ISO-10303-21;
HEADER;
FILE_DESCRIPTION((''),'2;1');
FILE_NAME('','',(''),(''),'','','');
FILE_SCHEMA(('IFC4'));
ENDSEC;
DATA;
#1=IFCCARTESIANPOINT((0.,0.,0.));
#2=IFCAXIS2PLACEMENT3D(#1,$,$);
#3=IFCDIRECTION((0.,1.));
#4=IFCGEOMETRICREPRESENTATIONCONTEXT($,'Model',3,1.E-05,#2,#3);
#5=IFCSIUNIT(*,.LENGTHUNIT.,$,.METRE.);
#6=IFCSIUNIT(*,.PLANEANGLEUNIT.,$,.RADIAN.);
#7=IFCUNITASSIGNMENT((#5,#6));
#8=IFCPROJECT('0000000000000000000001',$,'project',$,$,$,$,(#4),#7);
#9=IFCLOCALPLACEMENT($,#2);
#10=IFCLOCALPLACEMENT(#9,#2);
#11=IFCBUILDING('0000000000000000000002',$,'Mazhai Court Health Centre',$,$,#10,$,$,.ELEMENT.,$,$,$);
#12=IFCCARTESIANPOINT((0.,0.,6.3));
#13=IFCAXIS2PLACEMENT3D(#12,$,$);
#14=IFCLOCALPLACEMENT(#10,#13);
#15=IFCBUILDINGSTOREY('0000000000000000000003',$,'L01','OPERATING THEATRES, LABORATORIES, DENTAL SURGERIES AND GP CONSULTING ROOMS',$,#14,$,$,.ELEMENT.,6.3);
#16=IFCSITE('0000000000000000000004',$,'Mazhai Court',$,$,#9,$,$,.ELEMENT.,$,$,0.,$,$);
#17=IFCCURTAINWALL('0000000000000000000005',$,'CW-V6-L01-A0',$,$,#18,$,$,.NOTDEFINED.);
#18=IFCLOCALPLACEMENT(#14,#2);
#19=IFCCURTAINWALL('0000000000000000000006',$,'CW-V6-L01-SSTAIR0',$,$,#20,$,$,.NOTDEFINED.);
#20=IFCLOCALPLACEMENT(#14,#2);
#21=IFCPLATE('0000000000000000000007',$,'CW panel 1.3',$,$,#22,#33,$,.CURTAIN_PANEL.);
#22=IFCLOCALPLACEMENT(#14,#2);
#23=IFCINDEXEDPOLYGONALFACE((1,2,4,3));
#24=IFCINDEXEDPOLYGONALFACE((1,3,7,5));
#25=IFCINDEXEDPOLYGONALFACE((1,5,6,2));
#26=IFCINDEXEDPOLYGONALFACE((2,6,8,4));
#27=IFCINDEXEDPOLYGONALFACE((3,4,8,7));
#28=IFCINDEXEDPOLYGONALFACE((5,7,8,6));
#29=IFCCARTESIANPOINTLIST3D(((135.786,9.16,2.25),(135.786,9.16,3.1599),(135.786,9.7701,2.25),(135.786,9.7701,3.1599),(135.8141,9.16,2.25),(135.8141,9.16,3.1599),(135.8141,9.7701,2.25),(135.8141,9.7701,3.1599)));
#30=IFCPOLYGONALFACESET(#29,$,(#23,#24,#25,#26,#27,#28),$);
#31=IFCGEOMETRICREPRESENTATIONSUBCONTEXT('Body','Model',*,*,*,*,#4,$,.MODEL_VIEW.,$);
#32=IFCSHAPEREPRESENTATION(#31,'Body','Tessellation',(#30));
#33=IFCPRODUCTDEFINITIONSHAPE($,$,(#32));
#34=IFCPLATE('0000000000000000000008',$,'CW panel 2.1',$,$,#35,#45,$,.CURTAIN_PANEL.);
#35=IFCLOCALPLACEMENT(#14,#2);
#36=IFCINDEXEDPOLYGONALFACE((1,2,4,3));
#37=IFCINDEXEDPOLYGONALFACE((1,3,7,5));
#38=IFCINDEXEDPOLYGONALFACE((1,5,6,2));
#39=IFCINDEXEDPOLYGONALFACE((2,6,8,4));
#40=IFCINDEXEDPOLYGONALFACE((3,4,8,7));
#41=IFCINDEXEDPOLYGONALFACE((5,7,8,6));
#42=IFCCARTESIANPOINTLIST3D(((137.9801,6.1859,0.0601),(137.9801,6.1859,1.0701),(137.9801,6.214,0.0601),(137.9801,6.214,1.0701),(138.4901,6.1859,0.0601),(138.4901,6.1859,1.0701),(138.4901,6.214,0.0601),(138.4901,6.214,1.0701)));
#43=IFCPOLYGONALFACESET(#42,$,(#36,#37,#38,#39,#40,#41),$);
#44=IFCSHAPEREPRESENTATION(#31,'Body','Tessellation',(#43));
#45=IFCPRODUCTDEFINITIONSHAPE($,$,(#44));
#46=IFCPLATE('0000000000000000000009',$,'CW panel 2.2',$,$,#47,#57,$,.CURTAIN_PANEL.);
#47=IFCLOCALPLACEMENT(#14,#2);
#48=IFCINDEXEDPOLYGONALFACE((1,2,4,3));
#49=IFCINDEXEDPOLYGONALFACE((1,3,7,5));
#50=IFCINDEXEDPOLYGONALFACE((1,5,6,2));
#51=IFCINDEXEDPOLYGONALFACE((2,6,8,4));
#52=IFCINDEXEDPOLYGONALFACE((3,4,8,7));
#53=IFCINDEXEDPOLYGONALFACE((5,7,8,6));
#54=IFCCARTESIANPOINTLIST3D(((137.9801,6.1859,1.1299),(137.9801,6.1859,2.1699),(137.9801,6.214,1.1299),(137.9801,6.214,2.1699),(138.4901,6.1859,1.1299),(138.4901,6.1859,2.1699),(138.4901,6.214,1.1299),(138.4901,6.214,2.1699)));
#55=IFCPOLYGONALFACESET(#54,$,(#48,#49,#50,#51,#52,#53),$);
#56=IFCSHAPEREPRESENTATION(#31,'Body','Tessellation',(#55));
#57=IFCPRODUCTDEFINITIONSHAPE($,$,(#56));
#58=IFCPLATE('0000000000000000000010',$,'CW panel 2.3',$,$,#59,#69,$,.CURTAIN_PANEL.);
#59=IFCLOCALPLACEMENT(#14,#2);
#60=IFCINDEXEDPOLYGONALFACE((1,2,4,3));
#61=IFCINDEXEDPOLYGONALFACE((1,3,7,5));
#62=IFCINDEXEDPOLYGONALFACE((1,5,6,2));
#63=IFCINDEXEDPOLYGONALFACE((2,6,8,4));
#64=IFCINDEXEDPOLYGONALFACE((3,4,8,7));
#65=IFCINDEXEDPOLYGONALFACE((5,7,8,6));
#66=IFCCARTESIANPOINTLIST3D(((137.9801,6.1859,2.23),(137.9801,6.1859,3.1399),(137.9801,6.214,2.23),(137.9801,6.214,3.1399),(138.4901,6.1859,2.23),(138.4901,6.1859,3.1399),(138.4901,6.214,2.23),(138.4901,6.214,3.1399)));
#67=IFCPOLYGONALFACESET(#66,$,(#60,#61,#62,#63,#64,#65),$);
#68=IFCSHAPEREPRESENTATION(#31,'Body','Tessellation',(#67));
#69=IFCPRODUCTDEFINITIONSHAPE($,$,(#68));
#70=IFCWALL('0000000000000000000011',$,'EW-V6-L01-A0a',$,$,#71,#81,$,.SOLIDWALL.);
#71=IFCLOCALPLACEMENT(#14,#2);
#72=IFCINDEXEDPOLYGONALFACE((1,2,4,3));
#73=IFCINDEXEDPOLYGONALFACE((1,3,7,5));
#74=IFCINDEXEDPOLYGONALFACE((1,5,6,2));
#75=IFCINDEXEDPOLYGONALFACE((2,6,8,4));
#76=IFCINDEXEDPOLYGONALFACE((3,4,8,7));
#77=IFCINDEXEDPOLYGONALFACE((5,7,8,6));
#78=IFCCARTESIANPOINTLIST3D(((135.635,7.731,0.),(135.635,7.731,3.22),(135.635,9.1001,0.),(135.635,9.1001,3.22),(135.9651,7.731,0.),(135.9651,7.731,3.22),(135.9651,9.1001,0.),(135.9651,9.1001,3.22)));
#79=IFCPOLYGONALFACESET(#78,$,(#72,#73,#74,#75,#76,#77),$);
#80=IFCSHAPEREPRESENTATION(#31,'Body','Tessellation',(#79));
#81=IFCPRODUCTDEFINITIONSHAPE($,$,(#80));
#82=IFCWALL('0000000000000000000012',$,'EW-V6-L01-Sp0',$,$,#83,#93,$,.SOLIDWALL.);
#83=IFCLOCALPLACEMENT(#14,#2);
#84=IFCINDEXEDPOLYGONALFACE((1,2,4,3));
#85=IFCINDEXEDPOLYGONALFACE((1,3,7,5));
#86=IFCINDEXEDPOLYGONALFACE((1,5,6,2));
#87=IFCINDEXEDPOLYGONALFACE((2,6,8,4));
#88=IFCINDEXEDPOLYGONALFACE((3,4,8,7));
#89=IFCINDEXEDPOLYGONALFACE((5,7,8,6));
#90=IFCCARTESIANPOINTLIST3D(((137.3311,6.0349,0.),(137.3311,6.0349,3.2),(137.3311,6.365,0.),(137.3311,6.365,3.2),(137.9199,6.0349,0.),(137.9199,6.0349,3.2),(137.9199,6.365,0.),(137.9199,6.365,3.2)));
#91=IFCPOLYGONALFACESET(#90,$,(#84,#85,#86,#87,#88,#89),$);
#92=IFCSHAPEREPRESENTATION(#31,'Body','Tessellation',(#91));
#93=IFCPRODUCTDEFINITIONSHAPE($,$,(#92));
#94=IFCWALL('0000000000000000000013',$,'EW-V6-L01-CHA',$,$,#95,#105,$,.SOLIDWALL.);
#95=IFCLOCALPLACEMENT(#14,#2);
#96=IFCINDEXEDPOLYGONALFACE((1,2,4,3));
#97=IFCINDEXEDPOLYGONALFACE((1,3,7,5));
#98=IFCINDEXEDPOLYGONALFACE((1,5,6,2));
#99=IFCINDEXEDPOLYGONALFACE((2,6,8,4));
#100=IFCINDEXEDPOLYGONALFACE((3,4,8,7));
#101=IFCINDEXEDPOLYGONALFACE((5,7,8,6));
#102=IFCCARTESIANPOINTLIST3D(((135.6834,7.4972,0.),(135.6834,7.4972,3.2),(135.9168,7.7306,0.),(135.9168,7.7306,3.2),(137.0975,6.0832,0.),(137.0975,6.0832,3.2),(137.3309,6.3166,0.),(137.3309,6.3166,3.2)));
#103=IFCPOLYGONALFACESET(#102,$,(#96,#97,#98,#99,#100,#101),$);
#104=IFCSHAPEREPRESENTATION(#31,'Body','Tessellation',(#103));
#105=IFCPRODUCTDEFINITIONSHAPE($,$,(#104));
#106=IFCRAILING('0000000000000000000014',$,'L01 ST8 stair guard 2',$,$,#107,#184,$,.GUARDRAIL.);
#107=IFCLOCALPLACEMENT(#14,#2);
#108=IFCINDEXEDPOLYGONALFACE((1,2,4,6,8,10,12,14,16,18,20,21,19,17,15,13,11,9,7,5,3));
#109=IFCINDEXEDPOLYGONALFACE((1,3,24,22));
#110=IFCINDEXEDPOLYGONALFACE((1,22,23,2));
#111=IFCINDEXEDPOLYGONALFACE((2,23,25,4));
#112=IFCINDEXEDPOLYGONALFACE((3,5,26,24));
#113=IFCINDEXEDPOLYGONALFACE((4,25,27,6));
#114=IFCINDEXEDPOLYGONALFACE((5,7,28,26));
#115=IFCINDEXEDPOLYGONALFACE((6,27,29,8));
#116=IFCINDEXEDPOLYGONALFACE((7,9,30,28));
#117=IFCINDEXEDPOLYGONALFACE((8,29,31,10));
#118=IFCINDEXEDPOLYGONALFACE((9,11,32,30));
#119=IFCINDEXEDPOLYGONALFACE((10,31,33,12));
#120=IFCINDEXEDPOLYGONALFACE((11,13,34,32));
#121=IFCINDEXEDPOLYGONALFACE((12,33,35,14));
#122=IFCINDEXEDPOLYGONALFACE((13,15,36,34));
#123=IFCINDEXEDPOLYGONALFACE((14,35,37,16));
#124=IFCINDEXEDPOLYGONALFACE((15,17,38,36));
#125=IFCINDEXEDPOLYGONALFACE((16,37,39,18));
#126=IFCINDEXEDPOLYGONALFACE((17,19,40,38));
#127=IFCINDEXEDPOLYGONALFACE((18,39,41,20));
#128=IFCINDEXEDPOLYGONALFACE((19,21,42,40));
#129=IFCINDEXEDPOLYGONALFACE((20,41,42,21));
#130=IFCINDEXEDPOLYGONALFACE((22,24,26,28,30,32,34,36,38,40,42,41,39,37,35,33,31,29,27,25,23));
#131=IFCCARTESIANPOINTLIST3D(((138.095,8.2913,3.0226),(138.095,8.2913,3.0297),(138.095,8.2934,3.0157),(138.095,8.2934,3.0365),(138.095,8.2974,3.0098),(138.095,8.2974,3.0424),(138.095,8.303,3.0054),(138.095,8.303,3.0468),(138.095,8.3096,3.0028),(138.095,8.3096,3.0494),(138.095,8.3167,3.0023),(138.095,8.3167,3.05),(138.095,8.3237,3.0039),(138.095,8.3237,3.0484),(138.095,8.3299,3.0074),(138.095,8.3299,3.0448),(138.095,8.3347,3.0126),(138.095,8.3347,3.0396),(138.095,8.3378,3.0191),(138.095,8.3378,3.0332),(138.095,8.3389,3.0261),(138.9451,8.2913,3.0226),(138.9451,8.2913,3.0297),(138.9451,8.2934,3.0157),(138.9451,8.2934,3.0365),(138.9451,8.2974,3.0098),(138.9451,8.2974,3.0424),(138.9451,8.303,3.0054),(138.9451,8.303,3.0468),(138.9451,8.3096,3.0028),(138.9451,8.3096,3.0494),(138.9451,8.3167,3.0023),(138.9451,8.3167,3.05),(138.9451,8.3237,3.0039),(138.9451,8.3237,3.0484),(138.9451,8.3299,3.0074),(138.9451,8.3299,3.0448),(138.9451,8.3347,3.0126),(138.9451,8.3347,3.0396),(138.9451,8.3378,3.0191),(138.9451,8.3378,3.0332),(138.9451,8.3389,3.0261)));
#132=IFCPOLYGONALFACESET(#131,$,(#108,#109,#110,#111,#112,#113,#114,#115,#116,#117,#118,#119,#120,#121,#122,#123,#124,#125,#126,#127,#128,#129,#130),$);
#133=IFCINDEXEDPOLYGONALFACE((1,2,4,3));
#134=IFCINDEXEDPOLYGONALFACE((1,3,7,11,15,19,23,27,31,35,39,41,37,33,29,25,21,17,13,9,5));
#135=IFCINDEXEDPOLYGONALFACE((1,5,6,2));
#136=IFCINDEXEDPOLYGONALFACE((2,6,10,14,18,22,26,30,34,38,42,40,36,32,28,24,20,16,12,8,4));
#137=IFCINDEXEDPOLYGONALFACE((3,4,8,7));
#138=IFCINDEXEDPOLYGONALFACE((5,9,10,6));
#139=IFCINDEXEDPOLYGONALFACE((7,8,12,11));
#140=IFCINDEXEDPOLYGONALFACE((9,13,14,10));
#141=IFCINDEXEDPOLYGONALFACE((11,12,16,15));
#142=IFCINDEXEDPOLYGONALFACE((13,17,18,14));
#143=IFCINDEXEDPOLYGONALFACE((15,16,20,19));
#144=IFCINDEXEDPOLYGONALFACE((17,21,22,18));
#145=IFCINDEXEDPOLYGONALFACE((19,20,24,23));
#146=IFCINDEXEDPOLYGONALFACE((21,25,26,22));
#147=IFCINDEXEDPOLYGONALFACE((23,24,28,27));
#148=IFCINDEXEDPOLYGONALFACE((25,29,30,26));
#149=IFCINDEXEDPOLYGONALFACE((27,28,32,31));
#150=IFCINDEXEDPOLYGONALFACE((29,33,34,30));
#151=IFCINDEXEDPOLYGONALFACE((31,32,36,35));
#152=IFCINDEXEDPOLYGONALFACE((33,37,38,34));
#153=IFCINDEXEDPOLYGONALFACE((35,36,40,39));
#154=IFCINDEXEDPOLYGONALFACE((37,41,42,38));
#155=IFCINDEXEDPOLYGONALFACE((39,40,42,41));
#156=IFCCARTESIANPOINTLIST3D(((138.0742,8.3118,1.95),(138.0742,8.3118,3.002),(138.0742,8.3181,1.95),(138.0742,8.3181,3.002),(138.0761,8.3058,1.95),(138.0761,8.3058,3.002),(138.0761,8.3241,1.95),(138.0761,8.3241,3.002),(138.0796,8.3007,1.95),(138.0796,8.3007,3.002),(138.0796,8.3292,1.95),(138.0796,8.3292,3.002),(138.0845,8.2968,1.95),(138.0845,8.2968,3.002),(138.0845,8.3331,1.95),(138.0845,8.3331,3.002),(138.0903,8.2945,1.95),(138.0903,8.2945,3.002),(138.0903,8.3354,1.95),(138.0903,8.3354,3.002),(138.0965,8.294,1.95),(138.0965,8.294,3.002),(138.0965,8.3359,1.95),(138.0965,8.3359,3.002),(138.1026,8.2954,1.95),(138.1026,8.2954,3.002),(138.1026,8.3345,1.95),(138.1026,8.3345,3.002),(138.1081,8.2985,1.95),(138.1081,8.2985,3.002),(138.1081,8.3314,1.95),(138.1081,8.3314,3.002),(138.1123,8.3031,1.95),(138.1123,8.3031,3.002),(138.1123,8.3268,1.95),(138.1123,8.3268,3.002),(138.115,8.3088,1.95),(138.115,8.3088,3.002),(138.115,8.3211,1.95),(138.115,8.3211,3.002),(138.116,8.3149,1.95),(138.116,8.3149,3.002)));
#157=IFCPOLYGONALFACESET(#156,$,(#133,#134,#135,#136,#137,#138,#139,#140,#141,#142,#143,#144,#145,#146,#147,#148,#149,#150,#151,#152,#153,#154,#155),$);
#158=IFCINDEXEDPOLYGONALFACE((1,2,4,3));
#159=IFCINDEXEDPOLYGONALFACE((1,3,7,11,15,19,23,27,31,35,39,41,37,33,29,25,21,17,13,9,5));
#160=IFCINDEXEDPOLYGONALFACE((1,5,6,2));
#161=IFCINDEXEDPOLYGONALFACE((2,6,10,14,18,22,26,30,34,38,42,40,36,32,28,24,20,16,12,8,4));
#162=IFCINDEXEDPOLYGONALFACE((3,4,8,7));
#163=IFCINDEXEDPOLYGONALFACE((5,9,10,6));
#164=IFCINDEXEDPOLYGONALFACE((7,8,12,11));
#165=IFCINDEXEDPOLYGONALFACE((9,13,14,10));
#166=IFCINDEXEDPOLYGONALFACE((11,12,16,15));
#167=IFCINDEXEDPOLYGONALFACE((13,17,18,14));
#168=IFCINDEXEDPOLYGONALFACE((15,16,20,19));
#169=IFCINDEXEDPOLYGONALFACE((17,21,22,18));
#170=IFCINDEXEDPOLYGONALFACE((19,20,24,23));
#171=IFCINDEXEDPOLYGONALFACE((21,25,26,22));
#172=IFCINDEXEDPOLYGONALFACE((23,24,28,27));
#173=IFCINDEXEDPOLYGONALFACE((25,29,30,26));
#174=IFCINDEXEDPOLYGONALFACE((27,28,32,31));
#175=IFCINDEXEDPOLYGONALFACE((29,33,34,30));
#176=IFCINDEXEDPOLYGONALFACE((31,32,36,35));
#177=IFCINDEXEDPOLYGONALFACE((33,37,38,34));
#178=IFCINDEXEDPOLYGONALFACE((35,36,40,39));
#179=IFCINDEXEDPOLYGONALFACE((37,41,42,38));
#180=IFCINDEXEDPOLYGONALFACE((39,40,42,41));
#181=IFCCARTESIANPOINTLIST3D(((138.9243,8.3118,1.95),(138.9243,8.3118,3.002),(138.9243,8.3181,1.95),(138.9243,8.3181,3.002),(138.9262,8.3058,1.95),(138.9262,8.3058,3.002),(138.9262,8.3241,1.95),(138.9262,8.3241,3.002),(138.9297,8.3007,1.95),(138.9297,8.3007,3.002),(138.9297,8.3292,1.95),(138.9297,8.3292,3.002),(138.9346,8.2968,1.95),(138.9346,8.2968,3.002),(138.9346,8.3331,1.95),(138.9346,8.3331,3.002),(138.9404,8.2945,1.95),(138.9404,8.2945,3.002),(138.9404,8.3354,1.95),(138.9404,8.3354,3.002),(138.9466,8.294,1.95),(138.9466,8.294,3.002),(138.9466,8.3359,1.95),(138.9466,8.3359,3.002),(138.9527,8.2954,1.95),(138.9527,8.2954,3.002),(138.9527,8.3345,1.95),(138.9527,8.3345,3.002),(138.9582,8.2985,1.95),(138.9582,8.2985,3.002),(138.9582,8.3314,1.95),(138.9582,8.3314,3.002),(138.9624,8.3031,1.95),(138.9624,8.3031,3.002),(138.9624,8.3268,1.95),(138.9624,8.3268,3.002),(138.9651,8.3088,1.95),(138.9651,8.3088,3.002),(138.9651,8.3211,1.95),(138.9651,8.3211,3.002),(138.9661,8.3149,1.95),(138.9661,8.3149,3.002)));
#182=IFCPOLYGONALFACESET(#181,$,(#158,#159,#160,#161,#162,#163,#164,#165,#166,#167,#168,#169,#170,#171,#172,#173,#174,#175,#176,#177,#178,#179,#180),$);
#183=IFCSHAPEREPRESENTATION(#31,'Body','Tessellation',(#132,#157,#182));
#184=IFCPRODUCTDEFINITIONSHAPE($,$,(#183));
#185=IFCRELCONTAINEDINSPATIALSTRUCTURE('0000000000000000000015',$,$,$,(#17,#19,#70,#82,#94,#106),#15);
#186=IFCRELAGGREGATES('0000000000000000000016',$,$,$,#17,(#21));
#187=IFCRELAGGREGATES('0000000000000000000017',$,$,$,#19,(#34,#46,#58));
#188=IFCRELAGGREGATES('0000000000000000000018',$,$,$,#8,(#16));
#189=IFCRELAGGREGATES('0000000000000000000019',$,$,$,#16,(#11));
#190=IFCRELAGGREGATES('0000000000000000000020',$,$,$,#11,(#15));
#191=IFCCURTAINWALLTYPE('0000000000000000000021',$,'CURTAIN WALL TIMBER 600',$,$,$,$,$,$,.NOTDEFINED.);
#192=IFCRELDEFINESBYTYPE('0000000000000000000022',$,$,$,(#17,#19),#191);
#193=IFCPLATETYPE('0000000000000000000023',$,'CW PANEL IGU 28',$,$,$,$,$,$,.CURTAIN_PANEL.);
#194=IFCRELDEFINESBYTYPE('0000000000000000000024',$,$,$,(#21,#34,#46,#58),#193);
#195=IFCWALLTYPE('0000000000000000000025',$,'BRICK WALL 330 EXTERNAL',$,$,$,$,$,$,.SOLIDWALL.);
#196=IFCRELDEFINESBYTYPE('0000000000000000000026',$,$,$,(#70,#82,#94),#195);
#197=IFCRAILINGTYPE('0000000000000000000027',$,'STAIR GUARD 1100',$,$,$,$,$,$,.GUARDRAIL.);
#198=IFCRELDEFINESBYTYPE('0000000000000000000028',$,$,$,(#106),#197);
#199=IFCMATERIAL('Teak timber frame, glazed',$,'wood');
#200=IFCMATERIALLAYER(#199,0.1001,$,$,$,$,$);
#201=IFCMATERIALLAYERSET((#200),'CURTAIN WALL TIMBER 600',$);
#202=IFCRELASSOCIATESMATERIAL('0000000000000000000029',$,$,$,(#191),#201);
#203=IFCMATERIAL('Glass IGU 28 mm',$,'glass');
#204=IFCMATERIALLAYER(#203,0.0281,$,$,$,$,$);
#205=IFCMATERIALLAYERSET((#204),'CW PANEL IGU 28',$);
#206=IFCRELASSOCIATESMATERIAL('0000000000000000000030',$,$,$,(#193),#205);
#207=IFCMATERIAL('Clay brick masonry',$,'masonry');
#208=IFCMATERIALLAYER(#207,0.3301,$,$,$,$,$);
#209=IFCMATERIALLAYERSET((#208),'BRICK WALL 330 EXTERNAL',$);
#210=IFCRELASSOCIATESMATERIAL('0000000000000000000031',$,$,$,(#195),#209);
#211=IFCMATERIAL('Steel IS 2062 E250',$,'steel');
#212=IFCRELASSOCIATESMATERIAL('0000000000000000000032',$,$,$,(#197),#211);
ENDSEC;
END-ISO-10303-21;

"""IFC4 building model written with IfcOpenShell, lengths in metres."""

from ifc_helpers import new_model, si_unit, direction, frame, frame_2d, origin, origin_2d, place, context, subcontext, project, spatial, rectangle, circle, extrude, material, layer, layer_set, type_object, element, aggregate, save


model = new_model("IFC4")

# Units and contexts
model_context = context("Model", 3, precision=1e-05, world=origin(), true_north=direction((0.0, 1.0)))
body_context = subcontext(model_context, "Body", "Model", "MODEL_VIEW")
ifc_project = project(units=[si_unit("LENGTHUNIT", "METRE"), si_unit("PLANEANGLEUNIT", "RADIAN")], contexts=[model_context])

# Site, building, storey
site_placement = place(None, origin())
site = spatial("IfcSite", under=ifc_project, at=site_placement, Name="Mazhai Court", CompositionType="ELEMENT", RefElevation=0.0)
building_placement = place(site_placement, origin())
building = spatial("IfcBuilding", under=site, at=building_placement, Name="Mazhai Court Health Centre", CompositionType="ELEMENT")
storey_placement = place(building_placement, frame((0.0, 0.0, 6.3)))
storey = spatial("IfcBuildingStorey", under=building, at=storey_placement, Name="L01", Description="OPERATING THEATRES, LABORATORIES, DENTAL SURGERIES AND GP CONSULTING ROOMS", CompositionType="ELEMENT", Elevation=6.3)

# Curtain wall
ifc_material_1 = material(Name="Teak timber frame, glazed", Category="wood")
ifc_layer_1 = layer(ifc_material_1, 0.1001)
ifc_layer_set_1 = layer_set([ifc_layer_1], Name="CURTAIN WALL TIMBER 600")
curtain_wall_type = type_object("IfcCurtainWallType", Name="CURTAIN WALL TIMBER 600", PredefinedType="NOTDEFINED", material=ifc_layer_set_1)
curtain_wall_1_placement = place(storey_placement, origin())
curtain_wall_1 = element("IfcCurtainWall", 1, at=curtain_wall_1_placement, inside=storey, type_object=curtain_wall_type, Name="CW-V6-L01-A0", PredefinedType="NOTDEFINED")

# Curtain wall
curtain_wall_2_placement = place(storey_placement, origin())
curtain_wall_2 = element("IfcCurtainWall", 2, at=curtain_wall_2_placement, inside=storey, type_object=curtain_wall_type, Name="CW-V6-L01-SSTAIR0", PredefinedType="NOTDEFINED")

# Plates
ifc_material_2 = material(Name="Glass IGU 28 mm", Category="glass")
ifc_layer_2 = layer(ifc_material_2, 0.0281)
ifc_layer_set_2 = layer_set([ifc_layer_2], Name="CW PANEL IGU 28")
plate_type = type_object("IfcPlateType", Name="CW PANEL IGU 28", PredefinedType="CURTAIN_PANEL", material=ifc_layer_set_2)
plate_1_placement = place(storey_placement, frame((135.8, 9.4651, 2.25), z_axis=(0.0, 0.0, 1.0), x_axis=(0.0, 1.0, 0.0)))
plate_1 = element("IfcPlate", 3, at=plate_1_placement, type_object=plate_type, Name="CW panel 1.3", PredefinedType="CURTAIN_PANEL", context=body_context, shape_type="SweptSolid", body=[
    extrude(rectangle(XDim=0.6101, YDim=0.0281, at=origin_2d()), origin(), (0.0, 0.0, 1.0), 0.9099),
])
aggregate(curtain_wall_1, [plate_1])
plate_2_placement = place(storey_placement, frame((138.2351, 6.2, 0.0601), z_axis=(0.0, 0.0, 1.0), x_axis=(-1.0, 0.0, 0.0)))
plate_2 = element("IfcPlate", 4, at=plate_2_placement, type_object=plate_type, Name="CW panel 2.1", PredefinedType="CURTAIN_PANEL", context=body_context, shape_type="SweptSolid", body=[
    extrude(rectangle(XDim=0.51, YDim=0.0281, at=origin_2d()), origin(), (0.0, 0.0, 1.0), 1.01),
])
plate_3_placement = place(storey_placement, frame((138.2351, 6.2, 1.1299), z_axis=(0.0, 0.0, 1.0), x_axis=(-1.0, 0.0, 0.0)))
plate_3 = element("IfcPlate", 5, at=plate_3_placement, type_object=plate_type, Name="CW panel 2.2", PredefinedType="CURTAIN_PANEL", context=body_context, shape_type="SweptSolid", body=[
    extrude(rectangle(XDim=0.51, YDim=0.0281, at=origin_2d()), origin(), (0.0, 0.0, 1.0), 1.04),
])
plate_4_placement = place(storey_placement, frame((138.2351, 6.2, 2.23), z_axis=(0.0, 0.0, 1.0), x_axis=(-1.0, 0.0, 0.0)))
plate_4 = element("IfcPlate", 6, at=plate_4_placement, type_object=plate_type, Name="CW panel 2.3", PredefinedType="CURTAIN_PANEL", context=body_context, shape_type="SweptSolid", body=[
    extrude(rectangle(XDim=0.51, YDim=0.0281, at=origin_2d()), origin(), (0.0, 0.0, 1.0), 0.9099),
])
aggregate(curtain_wall_2, [plate_2, plate_3, plate_4])

# Walls
ifc_material_3 = material(Name="Clay brick masonry", Category="masonry")
ifc_layer_3 = layer(ifc_material_3, 0.3301)
ifc_layer_set_3 = layer_set([ifc_layer_3], Name="BRICK WALL 330 EXTERNAL")
wall_type = type_object("IfcWallType", Name="BRICK WALL 330 EXTERNAL", PredefinedType="SOLIDWALL", material=ifc_layer_set_3)
wall_1_placement = place(storey_placement, frame((135.8, 7.731, 0.0), z_axis=(0.0, 0.0, 1.0), x_axis=(0.0, 1.0, 0.0)))
element("IfcWall", 7, at=wall_1_placement, inside=storey, type_object=wall_type, Name="EW-V6-L01-A0a", PredefinedType="SOLIDWALL", context=body_context, shape_type="SweptSolid", body=[
    extrude(rectangle(XDim=1.3691, YDim=0.3301, at=frame_2d((0.6846, 0.0))), origin(), (0.0, 0.0, 1.0), 3.22),
])
wall_2_placement = place(storey_placement, frame((137.9199, 6.2, 0.0), z_axis=(0.0, 0.0, 1.0), x_axis=(-1.0, 0.0, 0.0)))
element("IfcWall", 8, at=wall_2_placement, inside=storey, type_object=wall_type, Name="EW-V6-L01-Sp0", PredefinedType="SOLIDWALL", context=body_context, shape_type="SweptSolid", body=[
    extrude(rectangle(XDim=0.5889, YDim=0.3301, at=frame_2d((0.2944, 0.0))), origin(), (0.0, 0.0, 1.0), 3.2),
])
wall_3_placement = place(storey_placement, frame((135.8, 7.614, 0.0), z_axis=(0.0, 0.0, 1.0), x_axis=(0.707107, -0.707107, 0.0)))
element("IfcWall", 9, at=wall_3_placement, inside=storey, type_object=wall_type, Name="EW-V6-L01-CHA", PredefinedType="SOLIDWALL", context=body_context, shape_type="SweptSolid", body=[
    extrude(rectangle(XDim=1.9998, YDim=0.3301, at=frame_2d((1.0, 0.0))), origin(), (0.0, 0.0, 1.0), 3.2),
])

# Railing
ifc_material_4 = material(Name="Steel IS 2062 E250", Category="steel")
railing_type = type_object("IfcRailingType", Name="STAIR GUARD 1100", PredefinedType="GUARDRAIL", material=ifc_material_4)
railing_placement = place(storey_placement, frame((138.095, 8.3149, 1.95)))
element("IfcRailing", 10, at=railing_placement, inside=storey, type_object=railing_type, Name="L01 ST8 stair guard 2", PredefinedType="GUARDRAIL", context=body_context, shape_type="SweptSolid", body=[
    extrude(circle(Radius=0.0239, at=origin_2d()), frame((0.0, 0.0, 1.0762), z_axis=(1.0, 0.0, 0.0), x_axis=(0.0, 1.0, 0.0)), (0.0, 0.0, 1.0), 0.8501),
    extrude(circle(Radius=0.021, at=origin_2d()), origin(), (0.0, 0.0, 1.0), 1.052),
    extrude(circle(Radius=0.021, at=origin_2d()), frame((0.8501, 0.0, 0.0)), (0.0, 0.0, 1.0), 1.052),
])

save(model, "model.ifc")
